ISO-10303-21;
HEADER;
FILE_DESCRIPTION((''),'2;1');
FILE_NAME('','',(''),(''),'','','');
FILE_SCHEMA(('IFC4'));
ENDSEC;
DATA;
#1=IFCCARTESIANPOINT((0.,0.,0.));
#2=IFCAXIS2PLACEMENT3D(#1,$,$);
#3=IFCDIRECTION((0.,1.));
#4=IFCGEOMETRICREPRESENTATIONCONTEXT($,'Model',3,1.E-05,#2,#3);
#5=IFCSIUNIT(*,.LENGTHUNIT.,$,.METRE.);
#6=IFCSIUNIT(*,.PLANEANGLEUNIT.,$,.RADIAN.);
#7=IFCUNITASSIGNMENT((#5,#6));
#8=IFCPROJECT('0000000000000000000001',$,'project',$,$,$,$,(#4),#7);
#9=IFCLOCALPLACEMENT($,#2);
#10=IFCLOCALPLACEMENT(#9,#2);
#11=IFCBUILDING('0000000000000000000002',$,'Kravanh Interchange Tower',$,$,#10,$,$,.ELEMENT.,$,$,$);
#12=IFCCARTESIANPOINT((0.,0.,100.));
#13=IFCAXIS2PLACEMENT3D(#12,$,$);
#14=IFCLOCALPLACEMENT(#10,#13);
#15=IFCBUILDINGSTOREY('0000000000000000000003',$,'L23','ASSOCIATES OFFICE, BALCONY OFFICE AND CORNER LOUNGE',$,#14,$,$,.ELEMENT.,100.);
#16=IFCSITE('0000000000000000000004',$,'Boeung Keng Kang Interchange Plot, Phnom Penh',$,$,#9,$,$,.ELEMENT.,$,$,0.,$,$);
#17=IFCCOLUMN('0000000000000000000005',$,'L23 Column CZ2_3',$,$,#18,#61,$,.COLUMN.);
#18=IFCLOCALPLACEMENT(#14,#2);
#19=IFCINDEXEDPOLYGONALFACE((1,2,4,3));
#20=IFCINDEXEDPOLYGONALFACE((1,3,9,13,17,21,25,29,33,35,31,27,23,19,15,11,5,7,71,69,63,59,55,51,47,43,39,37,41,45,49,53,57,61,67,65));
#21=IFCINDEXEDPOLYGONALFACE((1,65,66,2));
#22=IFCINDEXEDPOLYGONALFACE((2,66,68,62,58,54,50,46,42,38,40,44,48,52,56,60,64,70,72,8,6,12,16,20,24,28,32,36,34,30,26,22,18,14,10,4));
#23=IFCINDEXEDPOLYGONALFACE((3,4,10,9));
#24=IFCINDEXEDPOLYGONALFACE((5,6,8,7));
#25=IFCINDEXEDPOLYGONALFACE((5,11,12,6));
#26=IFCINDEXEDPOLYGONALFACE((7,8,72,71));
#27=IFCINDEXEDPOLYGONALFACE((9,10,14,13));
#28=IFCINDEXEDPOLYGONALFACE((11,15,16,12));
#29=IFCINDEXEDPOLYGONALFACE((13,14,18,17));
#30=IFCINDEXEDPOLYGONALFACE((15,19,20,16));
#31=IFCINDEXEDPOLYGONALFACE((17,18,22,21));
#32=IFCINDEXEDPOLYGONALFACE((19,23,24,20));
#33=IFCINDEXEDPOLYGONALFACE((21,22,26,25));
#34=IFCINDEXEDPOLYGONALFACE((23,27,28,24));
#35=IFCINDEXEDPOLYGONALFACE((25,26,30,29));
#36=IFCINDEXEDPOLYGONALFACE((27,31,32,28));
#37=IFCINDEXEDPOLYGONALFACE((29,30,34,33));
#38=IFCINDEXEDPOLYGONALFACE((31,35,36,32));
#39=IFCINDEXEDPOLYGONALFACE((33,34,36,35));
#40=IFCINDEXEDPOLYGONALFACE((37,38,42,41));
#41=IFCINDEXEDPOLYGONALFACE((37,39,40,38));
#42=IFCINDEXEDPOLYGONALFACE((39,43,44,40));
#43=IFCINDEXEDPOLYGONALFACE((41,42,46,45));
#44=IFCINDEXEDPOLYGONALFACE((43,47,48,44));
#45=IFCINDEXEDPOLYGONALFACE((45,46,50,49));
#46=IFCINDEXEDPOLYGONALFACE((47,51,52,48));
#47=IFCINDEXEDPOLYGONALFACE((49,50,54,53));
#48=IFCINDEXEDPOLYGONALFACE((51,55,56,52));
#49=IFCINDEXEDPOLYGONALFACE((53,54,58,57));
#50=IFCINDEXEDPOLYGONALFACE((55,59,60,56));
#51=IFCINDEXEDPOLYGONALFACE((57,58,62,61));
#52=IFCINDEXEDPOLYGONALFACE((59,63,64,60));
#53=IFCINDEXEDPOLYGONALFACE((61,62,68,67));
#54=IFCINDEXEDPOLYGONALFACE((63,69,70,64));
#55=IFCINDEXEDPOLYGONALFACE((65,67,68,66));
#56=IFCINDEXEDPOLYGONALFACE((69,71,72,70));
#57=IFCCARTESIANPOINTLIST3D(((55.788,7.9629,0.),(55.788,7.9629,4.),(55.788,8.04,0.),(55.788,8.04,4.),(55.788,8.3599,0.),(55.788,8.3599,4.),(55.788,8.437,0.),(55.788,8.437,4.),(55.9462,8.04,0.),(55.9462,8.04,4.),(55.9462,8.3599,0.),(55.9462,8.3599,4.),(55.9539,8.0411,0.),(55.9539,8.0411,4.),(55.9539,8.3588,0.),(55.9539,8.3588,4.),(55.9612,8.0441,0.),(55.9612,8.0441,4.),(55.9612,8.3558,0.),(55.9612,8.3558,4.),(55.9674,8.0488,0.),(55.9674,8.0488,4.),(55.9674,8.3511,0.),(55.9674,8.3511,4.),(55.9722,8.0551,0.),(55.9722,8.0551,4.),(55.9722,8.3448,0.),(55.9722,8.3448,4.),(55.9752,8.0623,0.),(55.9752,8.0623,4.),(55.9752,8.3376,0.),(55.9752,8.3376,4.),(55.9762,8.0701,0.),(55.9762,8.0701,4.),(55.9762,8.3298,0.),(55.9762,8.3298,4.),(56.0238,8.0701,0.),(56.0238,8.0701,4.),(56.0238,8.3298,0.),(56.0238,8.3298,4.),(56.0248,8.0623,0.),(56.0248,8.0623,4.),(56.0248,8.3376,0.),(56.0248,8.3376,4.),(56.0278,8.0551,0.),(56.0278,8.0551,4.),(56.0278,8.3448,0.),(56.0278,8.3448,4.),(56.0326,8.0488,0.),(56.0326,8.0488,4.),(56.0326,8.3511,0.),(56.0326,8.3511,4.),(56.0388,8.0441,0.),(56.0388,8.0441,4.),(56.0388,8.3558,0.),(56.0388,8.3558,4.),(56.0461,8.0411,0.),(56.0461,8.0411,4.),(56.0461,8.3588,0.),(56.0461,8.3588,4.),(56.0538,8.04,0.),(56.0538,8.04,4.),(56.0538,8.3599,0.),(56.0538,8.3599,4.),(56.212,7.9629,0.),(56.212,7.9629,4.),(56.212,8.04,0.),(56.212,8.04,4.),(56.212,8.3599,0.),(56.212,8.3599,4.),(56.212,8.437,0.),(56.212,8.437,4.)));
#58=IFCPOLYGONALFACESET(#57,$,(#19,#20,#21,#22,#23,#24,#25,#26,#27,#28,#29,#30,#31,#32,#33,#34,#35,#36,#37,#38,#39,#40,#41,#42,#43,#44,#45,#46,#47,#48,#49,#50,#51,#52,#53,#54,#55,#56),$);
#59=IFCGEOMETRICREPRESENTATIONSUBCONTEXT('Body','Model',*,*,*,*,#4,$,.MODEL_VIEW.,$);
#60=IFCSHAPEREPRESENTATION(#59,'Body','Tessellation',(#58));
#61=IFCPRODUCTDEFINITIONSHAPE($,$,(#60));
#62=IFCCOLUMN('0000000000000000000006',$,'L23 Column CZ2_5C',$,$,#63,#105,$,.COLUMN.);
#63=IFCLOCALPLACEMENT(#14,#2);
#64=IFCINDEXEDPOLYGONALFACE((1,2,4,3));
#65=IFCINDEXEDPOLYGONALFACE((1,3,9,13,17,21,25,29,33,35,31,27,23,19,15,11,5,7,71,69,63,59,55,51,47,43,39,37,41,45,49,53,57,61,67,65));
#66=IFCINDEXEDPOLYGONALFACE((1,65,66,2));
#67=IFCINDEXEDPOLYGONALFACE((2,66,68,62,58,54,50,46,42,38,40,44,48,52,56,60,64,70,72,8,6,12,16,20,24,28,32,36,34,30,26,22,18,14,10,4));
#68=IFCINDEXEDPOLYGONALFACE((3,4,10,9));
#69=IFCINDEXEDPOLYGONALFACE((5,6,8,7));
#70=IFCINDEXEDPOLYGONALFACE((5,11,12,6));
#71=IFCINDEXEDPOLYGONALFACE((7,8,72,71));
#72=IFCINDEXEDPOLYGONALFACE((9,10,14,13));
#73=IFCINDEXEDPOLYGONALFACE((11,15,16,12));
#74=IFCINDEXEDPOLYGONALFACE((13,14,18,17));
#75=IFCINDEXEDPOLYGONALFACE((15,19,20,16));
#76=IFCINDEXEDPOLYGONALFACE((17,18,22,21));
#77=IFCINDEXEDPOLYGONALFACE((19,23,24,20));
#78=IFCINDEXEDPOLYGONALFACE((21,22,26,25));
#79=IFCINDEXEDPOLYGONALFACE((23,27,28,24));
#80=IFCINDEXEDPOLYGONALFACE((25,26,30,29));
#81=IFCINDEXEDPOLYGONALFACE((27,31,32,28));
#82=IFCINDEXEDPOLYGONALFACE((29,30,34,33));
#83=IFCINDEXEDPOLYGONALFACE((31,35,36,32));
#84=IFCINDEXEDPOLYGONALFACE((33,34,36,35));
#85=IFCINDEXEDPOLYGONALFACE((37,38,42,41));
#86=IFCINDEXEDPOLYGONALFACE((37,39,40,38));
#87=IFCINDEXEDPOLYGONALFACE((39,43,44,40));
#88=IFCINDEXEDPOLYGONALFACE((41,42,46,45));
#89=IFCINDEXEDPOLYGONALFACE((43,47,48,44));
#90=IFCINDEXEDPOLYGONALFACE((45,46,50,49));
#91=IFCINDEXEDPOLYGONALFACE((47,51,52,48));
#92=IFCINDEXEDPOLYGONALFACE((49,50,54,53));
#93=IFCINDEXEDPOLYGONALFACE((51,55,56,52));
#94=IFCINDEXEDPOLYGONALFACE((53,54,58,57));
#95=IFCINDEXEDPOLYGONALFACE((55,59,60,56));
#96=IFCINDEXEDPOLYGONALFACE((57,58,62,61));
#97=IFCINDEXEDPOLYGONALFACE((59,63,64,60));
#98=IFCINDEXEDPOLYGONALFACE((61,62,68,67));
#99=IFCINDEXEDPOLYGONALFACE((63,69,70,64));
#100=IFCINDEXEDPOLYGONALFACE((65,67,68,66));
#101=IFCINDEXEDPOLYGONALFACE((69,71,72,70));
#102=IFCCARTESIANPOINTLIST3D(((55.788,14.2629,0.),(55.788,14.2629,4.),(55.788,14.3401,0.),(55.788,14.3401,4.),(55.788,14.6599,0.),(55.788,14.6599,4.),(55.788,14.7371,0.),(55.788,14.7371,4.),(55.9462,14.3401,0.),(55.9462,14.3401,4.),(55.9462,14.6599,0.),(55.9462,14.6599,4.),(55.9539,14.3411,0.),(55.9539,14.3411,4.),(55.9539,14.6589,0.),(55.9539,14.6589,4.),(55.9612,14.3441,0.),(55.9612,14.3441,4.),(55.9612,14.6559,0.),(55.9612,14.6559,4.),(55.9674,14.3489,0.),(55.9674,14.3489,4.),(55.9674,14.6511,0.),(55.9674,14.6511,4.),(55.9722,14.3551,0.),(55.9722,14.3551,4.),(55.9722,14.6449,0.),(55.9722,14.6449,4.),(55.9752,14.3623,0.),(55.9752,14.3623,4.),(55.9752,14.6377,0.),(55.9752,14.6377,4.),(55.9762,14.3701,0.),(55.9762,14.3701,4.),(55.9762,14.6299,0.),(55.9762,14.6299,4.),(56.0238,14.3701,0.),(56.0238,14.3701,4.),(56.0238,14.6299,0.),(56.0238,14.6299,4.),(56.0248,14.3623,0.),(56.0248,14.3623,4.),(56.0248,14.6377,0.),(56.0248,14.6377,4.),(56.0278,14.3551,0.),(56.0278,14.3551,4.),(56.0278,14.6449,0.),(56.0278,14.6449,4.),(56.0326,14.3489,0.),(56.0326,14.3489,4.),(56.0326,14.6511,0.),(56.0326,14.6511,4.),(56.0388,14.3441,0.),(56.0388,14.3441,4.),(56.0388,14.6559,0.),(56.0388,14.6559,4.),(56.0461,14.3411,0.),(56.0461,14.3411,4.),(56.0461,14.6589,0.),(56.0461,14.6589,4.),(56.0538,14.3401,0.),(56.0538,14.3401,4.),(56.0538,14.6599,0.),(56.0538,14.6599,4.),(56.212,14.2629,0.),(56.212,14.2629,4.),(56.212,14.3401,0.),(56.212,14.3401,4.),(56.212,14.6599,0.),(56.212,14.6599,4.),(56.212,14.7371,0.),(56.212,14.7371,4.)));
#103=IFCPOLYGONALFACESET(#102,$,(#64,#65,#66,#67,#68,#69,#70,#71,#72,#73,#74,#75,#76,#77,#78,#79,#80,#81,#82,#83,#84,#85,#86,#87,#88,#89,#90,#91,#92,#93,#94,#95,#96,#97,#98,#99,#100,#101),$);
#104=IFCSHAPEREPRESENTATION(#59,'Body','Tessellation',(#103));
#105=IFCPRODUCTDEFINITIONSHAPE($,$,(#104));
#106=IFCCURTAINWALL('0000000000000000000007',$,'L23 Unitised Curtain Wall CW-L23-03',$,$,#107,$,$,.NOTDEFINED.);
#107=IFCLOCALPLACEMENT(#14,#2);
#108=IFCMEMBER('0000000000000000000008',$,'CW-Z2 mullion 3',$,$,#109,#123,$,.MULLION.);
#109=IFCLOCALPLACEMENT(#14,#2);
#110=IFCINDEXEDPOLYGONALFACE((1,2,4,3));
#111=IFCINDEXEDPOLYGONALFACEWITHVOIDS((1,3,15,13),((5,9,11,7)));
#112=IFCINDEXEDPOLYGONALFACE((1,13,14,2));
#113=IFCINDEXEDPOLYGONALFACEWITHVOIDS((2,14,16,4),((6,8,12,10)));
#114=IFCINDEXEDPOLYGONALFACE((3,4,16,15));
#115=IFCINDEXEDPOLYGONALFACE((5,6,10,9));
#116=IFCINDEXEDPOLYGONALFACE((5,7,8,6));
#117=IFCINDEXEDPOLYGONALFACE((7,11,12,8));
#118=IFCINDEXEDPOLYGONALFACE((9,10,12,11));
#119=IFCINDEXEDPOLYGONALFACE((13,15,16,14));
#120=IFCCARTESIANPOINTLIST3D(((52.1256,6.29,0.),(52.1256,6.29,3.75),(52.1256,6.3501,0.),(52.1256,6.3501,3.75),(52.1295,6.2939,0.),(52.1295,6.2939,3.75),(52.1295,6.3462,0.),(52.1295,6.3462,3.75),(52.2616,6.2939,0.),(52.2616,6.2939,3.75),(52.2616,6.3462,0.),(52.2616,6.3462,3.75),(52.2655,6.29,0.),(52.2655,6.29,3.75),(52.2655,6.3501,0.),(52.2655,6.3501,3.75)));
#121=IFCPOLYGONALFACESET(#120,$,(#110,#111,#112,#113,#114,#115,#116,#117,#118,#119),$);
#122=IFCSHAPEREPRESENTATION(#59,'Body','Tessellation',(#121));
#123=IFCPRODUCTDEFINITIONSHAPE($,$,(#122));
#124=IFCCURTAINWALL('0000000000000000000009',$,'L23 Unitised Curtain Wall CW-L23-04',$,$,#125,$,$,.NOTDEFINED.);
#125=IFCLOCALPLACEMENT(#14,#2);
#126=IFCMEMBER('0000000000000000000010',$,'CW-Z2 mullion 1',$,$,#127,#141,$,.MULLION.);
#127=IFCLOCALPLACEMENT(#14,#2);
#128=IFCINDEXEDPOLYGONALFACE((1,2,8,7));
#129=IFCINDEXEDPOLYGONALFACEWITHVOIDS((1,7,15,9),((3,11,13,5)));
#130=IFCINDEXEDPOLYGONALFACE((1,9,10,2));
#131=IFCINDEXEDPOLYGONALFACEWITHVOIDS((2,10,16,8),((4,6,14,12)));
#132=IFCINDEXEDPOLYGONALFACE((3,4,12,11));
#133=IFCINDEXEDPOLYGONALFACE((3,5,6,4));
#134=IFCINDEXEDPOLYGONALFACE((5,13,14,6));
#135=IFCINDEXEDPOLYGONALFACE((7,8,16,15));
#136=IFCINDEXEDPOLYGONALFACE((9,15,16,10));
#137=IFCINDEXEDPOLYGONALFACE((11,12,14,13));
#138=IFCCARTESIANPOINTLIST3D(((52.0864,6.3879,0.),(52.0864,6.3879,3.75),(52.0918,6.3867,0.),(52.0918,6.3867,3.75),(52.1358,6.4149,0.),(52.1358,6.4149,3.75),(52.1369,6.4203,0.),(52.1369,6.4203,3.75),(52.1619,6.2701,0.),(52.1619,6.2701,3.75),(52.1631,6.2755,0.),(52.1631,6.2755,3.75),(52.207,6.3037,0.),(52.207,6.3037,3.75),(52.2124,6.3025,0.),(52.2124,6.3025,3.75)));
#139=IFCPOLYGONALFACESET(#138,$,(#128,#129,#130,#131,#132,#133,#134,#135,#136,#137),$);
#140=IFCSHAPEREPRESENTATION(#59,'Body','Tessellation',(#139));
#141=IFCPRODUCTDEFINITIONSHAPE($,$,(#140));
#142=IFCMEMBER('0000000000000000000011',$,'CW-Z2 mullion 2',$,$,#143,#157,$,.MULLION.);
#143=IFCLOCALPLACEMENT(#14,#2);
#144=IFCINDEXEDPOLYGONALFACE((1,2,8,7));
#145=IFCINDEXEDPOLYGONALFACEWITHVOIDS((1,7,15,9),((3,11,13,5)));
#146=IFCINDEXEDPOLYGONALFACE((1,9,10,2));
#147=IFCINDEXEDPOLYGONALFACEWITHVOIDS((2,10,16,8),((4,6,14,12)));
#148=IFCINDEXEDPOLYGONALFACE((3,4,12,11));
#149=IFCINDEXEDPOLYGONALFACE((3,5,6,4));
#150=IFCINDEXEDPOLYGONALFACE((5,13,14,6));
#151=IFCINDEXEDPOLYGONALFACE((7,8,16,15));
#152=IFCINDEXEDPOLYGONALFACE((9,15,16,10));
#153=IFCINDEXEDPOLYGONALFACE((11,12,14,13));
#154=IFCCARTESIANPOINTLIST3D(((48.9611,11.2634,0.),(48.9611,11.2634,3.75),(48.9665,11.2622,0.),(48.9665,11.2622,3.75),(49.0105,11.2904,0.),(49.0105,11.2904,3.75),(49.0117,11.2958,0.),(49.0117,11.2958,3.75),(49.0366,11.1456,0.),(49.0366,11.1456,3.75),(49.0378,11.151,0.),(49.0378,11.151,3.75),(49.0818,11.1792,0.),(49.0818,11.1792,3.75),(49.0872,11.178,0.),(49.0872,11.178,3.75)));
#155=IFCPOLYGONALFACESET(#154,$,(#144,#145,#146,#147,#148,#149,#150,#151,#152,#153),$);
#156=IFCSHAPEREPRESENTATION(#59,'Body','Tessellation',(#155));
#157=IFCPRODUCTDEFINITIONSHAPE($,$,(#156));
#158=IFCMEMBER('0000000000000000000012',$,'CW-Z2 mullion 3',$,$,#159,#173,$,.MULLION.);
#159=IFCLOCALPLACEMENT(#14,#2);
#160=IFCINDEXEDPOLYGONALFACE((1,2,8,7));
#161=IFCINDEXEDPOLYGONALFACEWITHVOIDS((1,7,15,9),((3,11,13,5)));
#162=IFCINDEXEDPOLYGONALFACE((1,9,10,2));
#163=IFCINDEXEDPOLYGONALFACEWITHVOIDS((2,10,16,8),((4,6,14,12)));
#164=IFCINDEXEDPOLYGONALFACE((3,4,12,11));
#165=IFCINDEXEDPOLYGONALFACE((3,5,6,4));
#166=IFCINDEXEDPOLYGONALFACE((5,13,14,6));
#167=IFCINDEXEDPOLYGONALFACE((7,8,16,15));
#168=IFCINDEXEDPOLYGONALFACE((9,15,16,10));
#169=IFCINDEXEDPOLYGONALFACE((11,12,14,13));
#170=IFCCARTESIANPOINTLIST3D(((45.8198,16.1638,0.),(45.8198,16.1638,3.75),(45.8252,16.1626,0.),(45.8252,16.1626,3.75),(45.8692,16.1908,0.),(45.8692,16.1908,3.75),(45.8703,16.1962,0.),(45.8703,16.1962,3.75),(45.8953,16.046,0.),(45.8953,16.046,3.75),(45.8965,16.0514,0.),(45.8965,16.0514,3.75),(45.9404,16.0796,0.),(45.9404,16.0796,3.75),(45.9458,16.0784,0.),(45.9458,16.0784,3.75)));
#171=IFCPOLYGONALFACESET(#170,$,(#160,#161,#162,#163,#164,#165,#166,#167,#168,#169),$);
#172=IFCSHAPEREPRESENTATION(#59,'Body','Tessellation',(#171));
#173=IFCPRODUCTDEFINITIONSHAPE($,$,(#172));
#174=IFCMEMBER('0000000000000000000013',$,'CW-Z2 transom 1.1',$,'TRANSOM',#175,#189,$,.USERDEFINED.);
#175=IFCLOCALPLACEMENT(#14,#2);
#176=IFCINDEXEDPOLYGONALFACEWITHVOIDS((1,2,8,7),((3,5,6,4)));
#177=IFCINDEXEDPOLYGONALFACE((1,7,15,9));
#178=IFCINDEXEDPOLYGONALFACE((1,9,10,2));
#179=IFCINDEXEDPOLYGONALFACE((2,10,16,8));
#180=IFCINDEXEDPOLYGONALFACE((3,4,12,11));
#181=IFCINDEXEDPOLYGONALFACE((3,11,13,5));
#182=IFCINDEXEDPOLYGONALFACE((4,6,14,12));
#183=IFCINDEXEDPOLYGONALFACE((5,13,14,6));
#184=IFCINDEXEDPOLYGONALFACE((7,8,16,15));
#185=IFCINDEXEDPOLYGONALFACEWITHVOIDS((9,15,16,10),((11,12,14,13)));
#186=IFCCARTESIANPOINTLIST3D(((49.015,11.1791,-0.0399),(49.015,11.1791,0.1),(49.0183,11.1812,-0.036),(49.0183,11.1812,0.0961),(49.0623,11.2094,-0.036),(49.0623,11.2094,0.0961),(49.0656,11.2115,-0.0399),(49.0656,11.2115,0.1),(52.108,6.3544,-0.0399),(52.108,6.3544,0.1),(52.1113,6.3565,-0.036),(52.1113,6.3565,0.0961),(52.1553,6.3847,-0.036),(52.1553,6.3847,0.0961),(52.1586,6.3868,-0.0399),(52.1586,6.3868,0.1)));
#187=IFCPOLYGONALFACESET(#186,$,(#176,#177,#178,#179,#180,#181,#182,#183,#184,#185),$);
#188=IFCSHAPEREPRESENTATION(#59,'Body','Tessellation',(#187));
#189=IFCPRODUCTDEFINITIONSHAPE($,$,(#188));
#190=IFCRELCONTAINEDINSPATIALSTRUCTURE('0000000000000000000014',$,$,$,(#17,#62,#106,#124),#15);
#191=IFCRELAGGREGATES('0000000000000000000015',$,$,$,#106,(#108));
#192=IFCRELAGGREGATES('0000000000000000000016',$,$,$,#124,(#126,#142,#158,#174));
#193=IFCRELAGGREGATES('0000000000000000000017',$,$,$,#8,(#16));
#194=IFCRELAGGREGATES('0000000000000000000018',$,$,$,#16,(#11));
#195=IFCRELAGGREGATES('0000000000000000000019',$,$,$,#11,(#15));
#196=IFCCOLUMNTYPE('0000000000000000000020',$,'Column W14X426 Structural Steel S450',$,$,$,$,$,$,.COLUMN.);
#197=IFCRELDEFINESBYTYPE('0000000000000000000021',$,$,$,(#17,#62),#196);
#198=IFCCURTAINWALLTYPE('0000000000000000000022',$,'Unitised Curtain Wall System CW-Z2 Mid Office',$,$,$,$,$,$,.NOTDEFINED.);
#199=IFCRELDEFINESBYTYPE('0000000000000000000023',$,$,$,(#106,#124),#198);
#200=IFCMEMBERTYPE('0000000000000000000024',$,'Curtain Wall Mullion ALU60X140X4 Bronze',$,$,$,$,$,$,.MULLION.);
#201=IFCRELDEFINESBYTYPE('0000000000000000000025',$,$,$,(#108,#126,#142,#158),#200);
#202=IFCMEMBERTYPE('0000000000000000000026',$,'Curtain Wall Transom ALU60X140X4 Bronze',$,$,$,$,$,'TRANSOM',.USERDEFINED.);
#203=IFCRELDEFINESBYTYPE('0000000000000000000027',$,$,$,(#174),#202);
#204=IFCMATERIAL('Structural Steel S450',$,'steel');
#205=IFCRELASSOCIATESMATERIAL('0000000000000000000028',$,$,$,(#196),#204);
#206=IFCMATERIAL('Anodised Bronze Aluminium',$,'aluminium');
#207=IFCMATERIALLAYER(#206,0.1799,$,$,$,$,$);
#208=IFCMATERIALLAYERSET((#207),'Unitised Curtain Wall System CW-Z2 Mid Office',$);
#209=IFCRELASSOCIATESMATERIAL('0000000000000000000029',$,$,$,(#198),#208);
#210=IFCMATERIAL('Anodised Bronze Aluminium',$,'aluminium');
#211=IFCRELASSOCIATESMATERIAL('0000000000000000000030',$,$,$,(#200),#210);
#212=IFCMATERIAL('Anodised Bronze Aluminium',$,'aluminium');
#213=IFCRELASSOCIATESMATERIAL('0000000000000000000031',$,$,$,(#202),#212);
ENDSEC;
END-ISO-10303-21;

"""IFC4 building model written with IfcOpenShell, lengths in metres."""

from ifc_helpers import new_model, si_unit, direction, frame, origin, origin_2d, place, context, subcontext, project, spatial, hollow_rectangle, i_section, extrude, material, layer, layer_set, material_profile, profile_set, type_object, element, aggregate, save


model = new_model("IFC4")

# Units and contexts
model_context = context("Model", 3, precision=1e-05, world=origin(), true_north=direction((0.0, 1.0)))
body_context = subcontext(model_context, "Body", "Model", "MODEL_VIEW")
ifc_project = project(units=[si_unit("LENGTHUNIT", "METRE"), si_unit("PLANEANGLEUNIT", "RADIAN")], contexts=[model_context])

# Site, building, storey
site_placement = place(None, origin())
site = spatial("IfcSite", under=ifc_project, at=site_placement, Name="Boeung Keng Kang Interchange Plot, Phnom Penh", CompositionType="ELEMENT", RefElevation=0.0)
building_placement = place(site_placement, origin())
building = spatial("IfcBuilding", under=site, at=building_placement, Name="Kravanh Interchange Tower", CompositionType="ELEMENT")
storey_placement = place(building_placement, frame((0.0, 0.0, 100.0)))
storey = spatial("IfcBuildingStorey", under=building, at=storey_placement, Name="L23", Description="ASSOCIATES OFFICE, BALCONY OFFICE AND CORNER LOUNGE", CompositionType="ELEMENT", Elevation=100.0)

# Columns
ifc_material_1 = material(Name="Structural Steel S450", Category="steel")
ifc_material_profile_1 = material_profile(ifc_material_1, i_section(OverallWidth=0.4241, OverallDepth=0.4741, WebThickness=0.0476, FlangeThickness=0.0771, FilletRadius=0.03, at=origin_2d()), Name="W14X426")
ifc_profile_set_1 = profile_set([ifc_material_profile_1], Name="Structural Steel S450")
column_type = type_object("IfcColumnType", Name="Column W14X426 Structural Steel S450", PredefinedType="COLUMN", material=ifc_profile_set_1)
for number, where, z_axis, x_axis, name in (
    (1, (56.0, 8.2, 0.0), (0.0, 0.0, 1.0), (1.0, 0.0, 0.0), "L23 Column CZ2_3"),
    (2, (56.0, 14.5, 0.0), (0.0, 0.0, 1.0), (1.0, 0.0, 0.0), "L23 Column CZ2_5C"),
):
    element("IfcColumn", number, at=place(storey_placement, frame(where, z_axis=z_axis, x_axis=x_axis)), inside=storey, type_object=column_type, Name=name, PredefinedType="COLUMN", context=body_context, shape_type="SweptSolid", body=[
        extrude(i_section(OverallWidth=0.4241, OverallDepth=0.4741, WebThickness=0.0476, FlangeThickness=0.0771, FilletRadius=0.03, at=origin_2d()), origin(), (0.0, 0.0, 1.0), 4.0),
    ])

# Curtain wall, member
ifc_material_2 = material(Name="Anodised Bronze Aluminium", Category="aluminium")
ifc_layer_1 = layer(ifc_material_2, 0.1799)
ifc_layer_set_1 = layer_set([ifc_layer_1], Name="Unitised Curtain Wall System CW-Z2 Mid Office")
curtain_wall_type = type_object("IfcCurtainWallType", Name="Unitised Curtain Wall System CW-Z2 Mid Office", PredefinedType="NOTDEFINED", material=ifc_layer_set_1)
curtain_wall_1_placement = place(storey_placement, origin())
curtain_wall_1 = element("IfcCurtainWall", 3, at=curtain_wall_1_placement, inside=storey, type_object=curtain_wall_type, Name="L23 Unitised Curtain Wall CW-L23-03", PredefinedType="NOTDEFINED")
ifc_material_3 = material(Name="Anodised Bronze Aluminium", Category="aluminium")
ifc_material_profile_2 = material_profile(ifc_material_3, hollow_rectangle(XDim=0.0601, YDim=0.1399, WallThickness=0.0039, at=origin_2d()), Name="ALU60X140X4")
ifc_profile_set_2 = profile_set([ifc_material_profile_2], Name="Anodised Bronze Aluminium")
member_type_1 = type_object("IfcMemberType", Name="Curtain Wall Mullion ALU60X140X4 Bronze", PredefinedType="MULLION", material=ifc_profile_set_2)
member_1_placement = place(storey_placement, frame((52.1956, 6.3201, 0.0), z_axis=(0.0, 0.0, 1.0), x_axis=(0.0, -1.0, 0.0)))
member_1 = element("IfcMember", 4, at=member_1_placement, type_object=member_type_1, Name="CW-Z2 mullion 3", PredefinedType="MULLION", context=body_context, shape_type="SweptSolid", body=[
    extrude(hollow_rectangle(XDim=0.0601, YDim=0.1399, WallThickness=0.0039, at=origin_2d()), origin(), (0.0, 0.0, 1.0), 3.75),
])

# Curtain wall, members
curtain_wall_2_placement = place(storey_placement, origin())
curtain_wall_2 = element("IfcCurtainWall", 5, at=curtain_wall_2_placement, inside=storey, type_object=curtain_wall_type, Name="L23 Unitised Curtain Wall CW-L23-04", PredefinedType="NOTDEFINED")
member_2_placement = place(storey_placement, frame((52.1494, 6.3452, 0.0), z_axis=(0.0, 0.0, 1.0), x_axis=(-0.84188, -0.539665, 0.0)))
member_2 = element("IfcMember", 6, at=member_2_placement, type_object=member_type_1, Name="CW-Z2 mullion 1", PredefinedType="MULLION", context=body_context, shape_type="SweptSolid", body=[
    extrude(hollow_rectangle(XDim=0.0601, YDim=0.1399, WallThickness=0.0039, at=origin_2d()), origin(), (0.0, 0.0, 1.0), 3.75),
])
member_3_placement = place(storey_placement, frame((49.0242, 11.2207, 0.0), z_axis=(0.0, 0.0, 1.0), x_axis=(-0.84188, -0.539665, 0.0)))
member_3 = element("IfcMember", 7, at=member_3_placement, type_object=member_type_1, Name="CW-Z2 mullion 2", PredefinedType="MULLION", context=body_context, shape_type="SweptSolid", body=[
    extrude(hollow_rectangle(XDim=0.0601, YDim=0.1399, WallThickness=0.0039, at=origin_2d()), origin(), (0.0, 0.0, 1.0), 3.75),
])
member_4_placement = place(storey_placement, frame((45.8828, 16.1211, 0.0), z_axis=(0.0, 0.0, 1.0), x_axis=(-0.84188, -0.539665, 0.0)))
member_4 = element("IfcMember", 8, at=member_4_placement, type_object=member_type_1, Name="CW-Z2 mullion 3", PredefinedType="MULLION", context=body_context, shape_type="SweptSolid", body=[
    extrude(hollow_rectangle(XDim=0.0601, YDim=0.1399, WallThickness=0.0039, at=origin_2d()), origin(), (0.0, 0.0, 1.0), 3.75),
])
ifc_material_4 = material(Name="Anodised Bronze Aluminium", Category="aluminium")
ifc_material_profile_3 = material_profile(ifc_material_4, hollow_rectangle(XDim=0.0601, YDim=0.1399, WallThickness=0.0039, at=origin_2d()), Name="ALU60X140X4")
ifc_profile_set_3 = profile_set([ifc_material_profile_3], Name="Anodised Bronze Aluminium")
member_type_2 = type_object("IfcMemberType", Name="Curtain Wall Transom ALU60X140X4 Bronze", ElementType="TRANSOM", PredefinedType="USERDEFINED", material=ifc_profile_set_3)
member_5_placement = place(storey_placement, frame((52.1333, 6.3706, 0.03), z_axis=(-0.539698, 0.841859, 0.0), x_axis=(-0.841859, -0.539698, 0.0)))
member_5 = element("IfcMember", 9, at=member_5_placement, type_object=member_type_2, Name="CW-Z2 transom 1.1", ObjectType="TRANSOM", PredefinedType="USERDEFINED", context=body_context, shape_type="SweptSolid", body=[
    extrude(hollow_rectangle(XDim=0.0601, YDim=0.1399, WallThickness=0.0039, at=origin_2d()), origin(), (0.0, 0.0, 1.0), 5.731),
])

aggregate(curtain_wall_1, [member_1])
aggregate(curtain_wall_2, [member_2, member_3, member_4, member_5])

save(model, "model.ifc")
